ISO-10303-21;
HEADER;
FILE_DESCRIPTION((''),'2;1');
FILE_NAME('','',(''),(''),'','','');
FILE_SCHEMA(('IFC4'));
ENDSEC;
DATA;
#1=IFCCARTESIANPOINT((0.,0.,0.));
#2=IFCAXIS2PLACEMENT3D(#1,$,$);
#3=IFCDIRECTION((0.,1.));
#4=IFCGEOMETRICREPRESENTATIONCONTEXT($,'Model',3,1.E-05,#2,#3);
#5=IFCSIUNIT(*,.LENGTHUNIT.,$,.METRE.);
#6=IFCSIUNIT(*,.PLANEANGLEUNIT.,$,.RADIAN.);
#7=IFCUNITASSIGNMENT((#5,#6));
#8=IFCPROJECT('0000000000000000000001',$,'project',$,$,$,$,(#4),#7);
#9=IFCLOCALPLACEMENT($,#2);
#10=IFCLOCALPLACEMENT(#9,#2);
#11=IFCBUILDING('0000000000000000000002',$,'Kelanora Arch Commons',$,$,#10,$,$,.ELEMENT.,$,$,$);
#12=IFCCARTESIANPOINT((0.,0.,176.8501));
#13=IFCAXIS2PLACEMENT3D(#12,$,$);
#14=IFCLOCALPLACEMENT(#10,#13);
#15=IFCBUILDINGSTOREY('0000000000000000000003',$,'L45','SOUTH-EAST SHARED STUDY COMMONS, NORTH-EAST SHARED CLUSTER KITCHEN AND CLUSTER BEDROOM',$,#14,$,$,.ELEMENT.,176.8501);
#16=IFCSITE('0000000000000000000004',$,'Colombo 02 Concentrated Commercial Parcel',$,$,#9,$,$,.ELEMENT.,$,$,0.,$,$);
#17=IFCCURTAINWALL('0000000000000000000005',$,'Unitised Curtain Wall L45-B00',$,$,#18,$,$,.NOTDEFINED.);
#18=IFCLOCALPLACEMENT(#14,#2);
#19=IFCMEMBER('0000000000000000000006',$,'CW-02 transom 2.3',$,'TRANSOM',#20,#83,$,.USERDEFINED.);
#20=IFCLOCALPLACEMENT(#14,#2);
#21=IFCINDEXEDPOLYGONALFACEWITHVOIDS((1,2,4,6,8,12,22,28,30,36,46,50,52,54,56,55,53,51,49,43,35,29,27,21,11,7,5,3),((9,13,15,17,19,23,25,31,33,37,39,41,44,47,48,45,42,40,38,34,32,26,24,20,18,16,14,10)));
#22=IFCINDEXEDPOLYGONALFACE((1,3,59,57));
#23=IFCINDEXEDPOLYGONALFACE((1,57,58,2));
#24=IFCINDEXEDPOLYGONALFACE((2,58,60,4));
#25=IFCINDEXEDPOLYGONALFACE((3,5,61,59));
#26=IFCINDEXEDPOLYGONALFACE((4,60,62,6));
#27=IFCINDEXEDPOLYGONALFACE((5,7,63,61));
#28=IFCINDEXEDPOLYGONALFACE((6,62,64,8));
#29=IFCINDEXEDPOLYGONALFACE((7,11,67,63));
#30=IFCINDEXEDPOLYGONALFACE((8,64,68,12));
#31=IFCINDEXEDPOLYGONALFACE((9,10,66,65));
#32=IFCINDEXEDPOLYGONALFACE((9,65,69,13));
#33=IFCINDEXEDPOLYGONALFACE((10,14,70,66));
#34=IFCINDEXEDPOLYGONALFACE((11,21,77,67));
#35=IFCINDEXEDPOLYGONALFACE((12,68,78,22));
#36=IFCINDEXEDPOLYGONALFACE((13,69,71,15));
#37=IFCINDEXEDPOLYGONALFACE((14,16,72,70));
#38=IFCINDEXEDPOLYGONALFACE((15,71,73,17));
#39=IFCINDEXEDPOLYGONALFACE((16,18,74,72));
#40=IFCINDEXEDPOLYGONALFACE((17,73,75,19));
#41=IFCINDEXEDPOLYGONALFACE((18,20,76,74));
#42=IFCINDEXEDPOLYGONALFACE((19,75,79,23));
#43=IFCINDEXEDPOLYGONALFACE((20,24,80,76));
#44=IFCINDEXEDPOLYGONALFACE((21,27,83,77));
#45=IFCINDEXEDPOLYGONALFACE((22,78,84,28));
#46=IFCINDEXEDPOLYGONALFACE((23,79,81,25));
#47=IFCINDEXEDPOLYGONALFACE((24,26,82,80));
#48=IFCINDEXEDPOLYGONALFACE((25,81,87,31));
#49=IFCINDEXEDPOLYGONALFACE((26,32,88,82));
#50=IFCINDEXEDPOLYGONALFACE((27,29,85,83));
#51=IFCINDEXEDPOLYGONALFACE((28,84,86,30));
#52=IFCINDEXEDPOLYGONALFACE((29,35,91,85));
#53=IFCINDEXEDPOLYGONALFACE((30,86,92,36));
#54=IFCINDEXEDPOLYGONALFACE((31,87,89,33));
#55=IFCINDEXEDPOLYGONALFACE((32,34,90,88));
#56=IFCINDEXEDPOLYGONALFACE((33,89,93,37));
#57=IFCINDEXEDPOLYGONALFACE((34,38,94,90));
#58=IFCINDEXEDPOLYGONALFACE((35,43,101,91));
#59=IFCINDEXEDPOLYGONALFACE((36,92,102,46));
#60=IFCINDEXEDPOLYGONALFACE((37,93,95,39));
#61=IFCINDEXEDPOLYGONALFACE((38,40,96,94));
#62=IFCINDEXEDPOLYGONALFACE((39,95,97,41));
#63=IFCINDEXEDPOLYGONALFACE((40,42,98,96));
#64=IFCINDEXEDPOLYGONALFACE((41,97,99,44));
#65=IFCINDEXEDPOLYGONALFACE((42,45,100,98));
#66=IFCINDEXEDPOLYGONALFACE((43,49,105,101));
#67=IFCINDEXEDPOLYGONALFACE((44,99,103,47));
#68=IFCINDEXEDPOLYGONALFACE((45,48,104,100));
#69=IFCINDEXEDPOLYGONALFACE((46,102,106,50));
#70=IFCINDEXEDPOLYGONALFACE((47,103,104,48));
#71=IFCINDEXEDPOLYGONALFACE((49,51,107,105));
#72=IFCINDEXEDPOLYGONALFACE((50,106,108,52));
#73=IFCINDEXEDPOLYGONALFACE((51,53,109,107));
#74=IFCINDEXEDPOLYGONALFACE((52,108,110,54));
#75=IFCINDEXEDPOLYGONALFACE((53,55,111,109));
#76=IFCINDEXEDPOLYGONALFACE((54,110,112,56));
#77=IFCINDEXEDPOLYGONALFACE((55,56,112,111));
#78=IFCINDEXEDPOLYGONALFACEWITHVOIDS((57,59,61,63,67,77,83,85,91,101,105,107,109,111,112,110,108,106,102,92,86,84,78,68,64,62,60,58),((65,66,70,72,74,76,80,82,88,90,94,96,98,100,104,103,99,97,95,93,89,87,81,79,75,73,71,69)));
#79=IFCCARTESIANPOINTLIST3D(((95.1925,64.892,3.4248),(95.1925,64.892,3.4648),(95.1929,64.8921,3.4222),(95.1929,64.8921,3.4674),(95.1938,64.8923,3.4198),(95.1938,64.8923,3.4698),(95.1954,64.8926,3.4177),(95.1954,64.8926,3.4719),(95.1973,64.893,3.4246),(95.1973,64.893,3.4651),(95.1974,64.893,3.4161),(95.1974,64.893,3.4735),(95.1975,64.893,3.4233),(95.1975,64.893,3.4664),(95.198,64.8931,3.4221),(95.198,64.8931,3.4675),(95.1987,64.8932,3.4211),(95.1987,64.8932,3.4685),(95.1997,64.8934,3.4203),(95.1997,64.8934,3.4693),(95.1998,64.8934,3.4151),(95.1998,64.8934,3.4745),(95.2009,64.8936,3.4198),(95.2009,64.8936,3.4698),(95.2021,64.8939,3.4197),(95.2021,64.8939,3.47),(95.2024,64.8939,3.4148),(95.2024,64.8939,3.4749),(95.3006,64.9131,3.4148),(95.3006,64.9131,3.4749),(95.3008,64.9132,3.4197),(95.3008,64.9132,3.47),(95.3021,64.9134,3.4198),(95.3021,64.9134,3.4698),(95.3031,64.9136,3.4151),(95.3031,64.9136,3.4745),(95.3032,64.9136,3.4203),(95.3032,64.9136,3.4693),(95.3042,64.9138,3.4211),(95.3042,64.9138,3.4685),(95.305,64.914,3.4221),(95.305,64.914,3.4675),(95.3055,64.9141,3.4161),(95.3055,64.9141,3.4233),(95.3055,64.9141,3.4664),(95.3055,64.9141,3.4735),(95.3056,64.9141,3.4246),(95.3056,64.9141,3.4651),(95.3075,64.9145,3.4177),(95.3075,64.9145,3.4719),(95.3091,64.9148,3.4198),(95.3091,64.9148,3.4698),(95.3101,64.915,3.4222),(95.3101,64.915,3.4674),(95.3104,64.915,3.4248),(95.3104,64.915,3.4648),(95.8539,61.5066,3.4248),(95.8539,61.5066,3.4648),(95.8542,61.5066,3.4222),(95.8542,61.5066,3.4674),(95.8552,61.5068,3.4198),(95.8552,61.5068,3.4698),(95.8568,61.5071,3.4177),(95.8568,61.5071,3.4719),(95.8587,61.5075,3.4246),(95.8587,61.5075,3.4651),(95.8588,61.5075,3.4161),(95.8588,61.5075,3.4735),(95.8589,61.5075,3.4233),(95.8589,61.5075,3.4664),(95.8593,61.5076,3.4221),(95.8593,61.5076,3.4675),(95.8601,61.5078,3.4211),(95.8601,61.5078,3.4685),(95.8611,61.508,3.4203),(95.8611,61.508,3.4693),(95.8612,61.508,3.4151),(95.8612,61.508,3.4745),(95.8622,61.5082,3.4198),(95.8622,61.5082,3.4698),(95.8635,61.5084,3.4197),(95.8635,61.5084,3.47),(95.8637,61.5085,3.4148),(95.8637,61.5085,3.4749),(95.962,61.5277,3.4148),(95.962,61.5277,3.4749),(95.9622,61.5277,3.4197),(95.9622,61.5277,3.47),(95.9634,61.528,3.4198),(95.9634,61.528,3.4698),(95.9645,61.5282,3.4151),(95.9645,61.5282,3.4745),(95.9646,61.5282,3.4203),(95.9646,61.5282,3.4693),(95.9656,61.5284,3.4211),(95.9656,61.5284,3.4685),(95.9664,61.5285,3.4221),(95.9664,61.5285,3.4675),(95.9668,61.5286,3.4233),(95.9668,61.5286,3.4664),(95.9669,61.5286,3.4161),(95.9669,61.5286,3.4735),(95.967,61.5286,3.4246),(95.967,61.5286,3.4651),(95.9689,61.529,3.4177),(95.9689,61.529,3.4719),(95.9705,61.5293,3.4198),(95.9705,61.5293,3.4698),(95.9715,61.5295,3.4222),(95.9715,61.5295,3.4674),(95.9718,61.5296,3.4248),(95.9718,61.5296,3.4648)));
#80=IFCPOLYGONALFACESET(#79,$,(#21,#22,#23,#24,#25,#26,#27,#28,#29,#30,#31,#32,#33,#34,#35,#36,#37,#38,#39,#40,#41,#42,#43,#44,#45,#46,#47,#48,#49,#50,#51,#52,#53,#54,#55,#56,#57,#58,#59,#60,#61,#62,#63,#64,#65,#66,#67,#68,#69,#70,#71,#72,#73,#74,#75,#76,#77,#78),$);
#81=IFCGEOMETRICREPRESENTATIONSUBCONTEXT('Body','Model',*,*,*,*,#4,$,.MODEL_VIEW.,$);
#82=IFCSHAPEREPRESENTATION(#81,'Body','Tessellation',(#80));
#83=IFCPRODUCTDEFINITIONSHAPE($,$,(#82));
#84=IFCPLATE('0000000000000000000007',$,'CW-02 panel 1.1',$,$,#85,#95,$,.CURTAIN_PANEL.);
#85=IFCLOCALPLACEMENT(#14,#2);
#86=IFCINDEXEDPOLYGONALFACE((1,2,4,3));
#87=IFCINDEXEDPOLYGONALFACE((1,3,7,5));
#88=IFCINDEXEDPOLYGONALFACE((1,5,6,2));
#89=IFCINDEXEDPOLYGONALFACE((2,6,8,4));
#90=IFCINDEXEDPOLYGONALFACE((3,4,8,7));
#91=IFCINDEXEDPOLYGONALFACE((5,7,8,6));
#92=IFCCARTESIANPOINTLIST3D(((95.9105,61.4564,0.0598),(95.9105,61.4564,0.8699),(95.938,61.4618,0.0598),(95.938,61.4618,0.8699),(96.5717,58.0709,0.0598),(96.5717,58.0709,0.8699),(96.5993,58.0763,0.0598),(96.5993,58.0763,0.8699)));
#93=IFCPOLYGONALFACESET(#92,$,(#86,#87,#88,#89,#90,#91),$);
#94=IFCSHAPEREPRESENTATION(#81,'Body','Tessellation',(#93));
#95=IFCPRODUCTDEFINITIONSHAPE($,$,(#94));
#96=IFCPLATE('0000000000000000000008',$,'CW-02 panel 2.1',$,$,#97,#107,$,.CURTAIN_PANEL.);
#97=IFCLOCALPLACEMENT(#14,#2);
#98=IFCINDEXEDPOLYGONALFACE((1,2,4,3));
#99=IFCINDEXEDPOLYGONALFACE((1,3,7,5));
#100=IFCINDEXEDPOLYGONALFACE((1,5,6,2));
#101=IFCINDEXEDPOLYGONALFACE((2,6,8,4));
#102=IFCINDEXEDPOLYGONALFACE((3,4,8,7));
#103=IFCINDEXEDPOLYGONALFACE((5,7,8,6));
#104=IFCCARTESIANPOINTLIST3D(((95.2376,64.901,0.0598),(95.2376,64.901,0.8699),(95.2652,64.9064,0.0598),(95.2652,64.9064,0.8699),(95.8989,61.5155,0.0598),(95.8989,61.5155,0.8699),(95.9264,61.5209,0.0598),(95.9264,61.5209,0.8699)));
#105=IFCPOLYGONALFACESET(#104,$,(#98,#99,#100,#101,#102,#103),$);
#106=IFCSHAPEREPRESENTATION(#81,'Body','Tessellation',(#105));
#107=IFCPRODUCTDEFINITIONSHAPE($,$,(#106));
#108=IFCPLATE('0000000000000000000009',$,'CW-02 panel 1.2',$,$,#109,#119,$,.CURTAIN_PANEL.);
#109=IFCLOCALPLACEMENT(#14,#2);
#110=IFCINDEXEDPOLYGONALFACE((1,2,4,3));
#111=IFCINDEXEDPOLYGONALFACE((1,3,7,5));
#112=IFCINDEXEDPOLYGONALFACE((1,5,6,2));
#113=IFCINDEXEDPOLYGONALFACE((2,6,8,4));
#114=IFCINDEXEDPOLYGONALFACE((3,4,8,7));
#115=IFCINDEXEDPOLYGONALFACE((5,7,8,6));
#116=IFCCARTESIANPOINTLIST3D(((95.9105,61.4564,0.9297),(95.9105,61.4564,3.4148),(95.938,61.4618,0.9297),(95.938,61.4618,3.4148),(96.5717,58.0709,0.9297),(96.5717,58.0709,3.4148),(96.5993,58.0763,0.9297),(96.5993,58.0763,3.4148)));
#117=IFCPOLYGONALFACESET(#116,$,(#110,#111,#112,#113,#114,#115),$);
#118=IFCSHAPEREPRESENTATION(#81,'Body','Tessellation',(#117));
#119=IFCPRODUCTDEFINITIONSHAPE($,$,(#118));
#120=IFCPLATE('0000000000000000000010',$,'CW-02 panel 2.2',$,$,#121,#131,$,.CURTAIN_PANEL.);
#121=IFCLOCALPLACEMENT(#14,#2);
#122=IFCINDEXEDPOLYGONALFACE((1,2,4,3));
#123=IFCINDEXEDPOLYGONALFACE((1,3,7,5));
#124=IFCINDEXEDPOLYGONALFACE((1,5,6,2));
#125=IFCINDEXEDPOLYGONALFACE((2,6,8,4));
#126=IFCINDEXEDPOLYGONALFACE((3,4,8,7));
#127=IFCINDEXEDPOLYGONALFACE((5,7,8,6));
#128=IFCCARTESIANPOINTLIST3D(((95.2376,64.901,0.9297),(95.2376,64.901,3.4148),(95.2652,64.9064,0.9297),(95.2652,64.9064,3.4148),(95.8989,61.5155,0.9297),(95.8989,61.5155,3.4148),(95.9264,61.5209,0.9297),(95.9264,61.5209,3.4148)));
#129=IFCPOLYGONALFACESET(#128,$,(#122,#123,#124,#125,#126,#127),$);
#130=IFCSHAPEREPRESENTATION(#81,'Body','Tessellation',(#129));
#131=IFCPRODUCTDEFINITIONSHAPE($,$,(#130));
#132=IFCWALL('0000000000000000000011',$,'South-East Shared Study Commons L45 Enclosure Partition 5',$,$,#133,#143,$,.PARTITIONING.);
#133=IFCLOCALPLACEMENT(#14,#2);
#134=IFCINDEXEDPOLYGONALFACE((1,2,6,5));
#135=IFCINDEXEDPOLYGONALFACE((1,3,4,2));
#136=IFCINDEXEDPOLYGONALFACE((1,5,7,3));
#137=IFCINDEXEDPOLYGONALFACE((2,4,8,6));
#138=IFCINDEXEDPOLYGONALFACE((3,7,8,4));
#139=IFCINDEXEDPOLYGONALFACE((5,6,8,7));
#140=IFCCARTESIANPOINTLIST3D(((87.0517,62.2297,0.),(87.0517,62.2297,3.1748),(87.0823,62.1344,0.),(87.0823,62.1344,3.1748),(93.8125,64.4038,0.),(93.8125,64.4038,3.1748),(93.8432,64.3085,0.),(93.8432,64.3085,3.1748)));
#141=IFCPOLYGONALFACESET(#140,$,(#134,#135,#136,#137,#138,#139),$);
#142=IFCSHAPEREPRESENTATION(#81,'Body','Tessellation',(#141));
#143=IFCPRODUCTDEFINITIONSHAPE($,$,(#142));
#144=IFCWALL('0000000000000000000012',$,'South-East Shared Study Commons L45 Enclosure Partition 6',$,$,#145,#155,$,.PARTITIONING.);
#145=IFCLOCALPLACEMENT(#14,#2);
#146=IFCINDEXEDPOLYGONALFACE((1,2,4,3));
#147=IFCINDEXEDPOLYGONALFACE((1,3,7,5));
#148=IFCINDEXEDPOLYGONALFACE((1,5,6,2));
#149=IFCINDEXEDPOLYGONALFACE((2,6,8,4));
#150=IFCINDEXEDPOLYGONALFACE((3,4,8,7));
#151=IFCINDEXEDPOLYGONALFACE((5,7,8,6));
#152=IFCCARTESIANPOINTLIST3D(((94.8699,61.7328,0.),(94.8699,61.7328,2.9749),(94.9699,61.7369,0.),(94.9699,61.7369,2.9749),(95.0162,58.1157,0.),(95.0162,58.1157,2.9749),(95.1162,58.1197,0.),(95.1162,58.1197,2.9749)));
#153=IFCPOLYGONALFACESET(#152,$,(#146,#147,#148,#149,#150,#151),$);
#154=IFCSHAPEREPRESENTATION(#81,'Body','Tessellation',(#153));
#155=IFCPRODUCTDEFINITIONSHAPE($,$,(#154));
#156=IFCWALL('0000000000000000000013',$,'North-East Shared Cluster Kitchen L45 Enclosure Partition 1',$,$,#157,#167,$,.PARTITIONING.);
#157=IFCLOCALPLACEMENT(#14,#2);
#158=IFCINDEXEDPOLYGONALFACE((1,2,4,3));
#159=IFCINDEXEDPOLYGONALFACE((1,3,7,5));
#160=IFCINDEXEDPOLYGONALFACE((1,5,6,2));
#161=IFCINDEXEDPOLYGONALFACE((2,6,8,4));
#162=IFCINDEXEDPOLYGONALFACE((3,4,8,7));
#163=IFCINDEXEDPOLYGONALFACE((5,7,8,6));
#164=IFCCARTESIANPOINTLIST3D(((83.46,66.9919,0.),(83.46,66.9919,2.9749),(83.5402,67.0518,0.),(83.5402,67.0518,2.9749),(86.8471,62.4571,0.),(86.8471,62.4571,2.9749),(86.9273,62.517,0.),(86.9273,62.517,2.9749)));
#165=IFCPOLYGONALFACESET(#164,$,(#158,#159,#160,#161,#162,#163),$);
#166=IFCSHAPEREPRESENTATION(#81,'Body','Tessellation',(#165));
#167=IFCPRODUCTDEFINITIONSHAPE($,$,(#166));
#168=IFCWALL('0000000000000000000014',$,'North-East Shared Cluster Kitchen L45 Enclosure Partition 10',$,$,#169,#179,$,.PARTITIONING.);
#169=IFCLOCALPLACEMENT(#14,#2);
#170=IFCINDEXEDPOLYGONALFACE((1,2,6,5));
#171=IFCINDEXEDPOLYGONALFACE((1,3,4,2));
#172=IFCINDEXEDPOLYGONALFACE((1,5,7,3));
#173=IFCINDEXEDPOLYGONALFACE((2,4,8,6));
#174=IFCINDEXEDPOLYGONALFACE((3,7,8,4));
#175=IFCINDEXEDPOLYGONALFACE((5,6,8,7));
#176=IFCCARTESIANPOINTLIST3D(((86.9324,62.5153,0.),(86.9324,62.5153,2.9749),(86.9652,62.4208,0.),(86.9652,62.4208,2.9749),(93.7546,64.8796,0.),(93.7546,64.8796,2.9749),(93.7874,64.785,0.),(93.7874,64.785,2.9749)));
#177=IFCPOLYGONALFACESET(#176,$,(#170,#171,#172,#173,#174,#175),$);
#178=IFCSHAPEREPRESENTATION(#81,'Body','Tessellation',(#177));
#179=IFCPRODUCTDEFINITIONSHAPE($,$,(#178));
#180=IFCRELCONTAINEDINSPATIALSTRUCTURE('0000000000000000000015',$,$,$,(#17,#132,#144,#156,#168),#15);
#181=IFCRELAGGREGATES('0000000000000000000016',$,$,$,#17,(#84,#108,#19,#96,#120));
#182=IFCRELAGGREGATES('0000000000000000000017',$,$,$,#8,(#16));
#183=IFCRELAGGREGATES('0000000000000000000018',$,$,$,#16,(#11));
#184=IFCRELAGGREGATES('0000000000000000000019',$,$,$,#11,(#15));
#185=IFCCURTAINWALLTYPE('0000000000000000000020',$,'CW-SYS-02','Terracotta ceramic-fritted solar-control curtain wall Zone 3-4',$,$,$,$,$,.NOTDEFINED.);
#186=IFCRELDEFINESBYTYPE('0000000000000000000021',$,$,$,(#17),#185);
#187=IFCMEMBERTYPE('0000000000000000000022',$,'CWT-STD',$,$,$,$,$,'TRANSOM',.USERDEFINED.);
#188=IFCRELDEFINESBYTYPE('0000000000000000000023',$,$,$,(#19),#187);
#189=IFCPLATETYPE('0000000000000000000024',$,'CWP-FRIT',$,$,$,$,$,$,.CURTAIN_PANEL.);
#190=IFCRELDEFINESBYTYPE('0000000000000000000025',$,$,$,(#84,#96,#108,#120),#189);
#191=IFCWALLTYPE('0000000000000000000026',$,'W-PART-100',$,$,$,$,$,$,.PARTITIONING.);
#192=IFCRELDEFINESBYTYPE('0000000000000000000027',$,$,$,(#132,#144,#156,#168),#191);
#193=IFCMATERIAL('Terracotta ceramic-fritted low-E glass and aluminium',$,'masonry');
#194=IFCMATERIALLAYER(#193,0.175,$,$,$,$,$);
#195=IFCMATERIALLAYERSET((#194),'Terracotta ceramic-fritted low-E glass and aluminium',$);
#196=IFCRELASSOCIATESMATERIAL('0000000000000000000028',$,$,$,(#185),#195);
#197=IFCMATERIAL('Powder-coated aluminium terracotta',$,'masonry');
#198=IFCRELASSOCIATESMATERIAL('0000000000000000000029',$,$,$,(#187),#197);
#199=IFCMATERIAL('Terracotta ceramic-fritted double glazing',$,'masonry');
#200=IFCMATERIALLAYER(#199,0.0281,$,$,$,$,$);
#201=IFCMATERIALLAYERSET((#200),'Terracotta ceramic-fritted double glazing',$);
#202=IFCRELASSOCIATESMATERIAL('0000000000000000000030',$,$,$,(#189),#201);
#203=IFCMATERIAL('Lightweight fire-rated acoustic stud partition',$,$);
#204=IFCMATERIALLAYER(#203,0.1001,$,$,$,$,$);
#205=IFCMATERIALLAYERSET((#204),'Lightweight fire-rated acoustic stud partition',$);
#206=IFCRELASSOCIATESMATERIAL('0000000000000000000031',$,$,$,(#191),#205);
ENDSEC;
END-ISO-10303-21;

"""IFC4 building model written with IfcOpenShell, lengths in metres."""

from ifc_helpers import new_model, si_unit, direction, frame, frame_2d, origin, origin_2d, place, context, subcontext, project, spatial, rectangle, hollow_rectangle, extrude, source, transform, mapped, material, layer, layer_set, material_profile, profile_set, type_object, element, aggregate, save


model = new_model("IFC4")

# Units and contexts
model_context = context("Model", 3, precision=1e-05, world=origin(), true_north=direction((0.0, 1.0)))
body_context = subcontext(model_context, "Body", "Model", "MODEL_VIEW")
ifc_project = project(units=[si_unit("LENGTHUNIT", "METRE"), si_unit("PLANEANGLEUNIT", "RADIAN")], contexts=[model_context])

# Site, building, storey
site_placement = place(None, origin())
site = spatial("IfcSite", under=ifc_project, at=site_placement, Name="Colombo 02 Concentrated Commercial Parcel", CompositionType="ELEMENT", RefElevation=0.0)
building_placement = place(site_placement, origin())
building = spatial("IfcBuilding", under=site, at=building_placement, Name="Kelanora Arch Commons", CompositionType="ELEMENT")
storey_placement = place(building_placement, frame((0.0, 0.0, 176.8501)))
storey = spatial("IfcBuildingStorey", under=building, at=storey_placement, Name="L45", Description="SOUTH-EAST SHARED STUDY COMMONS, NORTH-EAST SHARED CLUSTER KITCHEN AND CLUSTER BEDROOM", CompositionType="ELEMENT", Elevation=176.8501)

# Curtain wall, member, plates
ifc_material_1 = material(Name="Terracotta ceramic-fritted low-E glass and aluminium", Category="masonry")
ifc_layer_1 = layer(ifc_material_1, 0.175)
ifc_layer_set_1 = layer_set([ifc_layer_1], Name="Terracotta ceramic-fritted low-E glass and aluminium")
curtain_wall_type = type_object("IfcCurtainWallType", Name="CW-SYS-02", Description="Terracotta ceramic-fritted solar-control curtain wall Zone 3-4", PredefinedType="NOTDEFINED", material=ifc_layer_set_1)
curtain_wall_placement = place(storey_placement, origin())
curtain_wall = element("IfcCurtainWall", 1, at=curtain_wall_placement, inside=storey, type_object=curtain_wall_type, Name="Unitised Curtain Wall L45-B00", PredefinedType="NOTDEFINED")
ifc_material_2 = material(Name="Powder-coated aluminium terracotta", Category="masonry")
ifc_material_profile_1 = material_profile(ifc_material_2, hollow_rectangle(XDim=0.1201, YDim=0.0601, WallThickness=0.0049, InnerFilletRadius=0.0049, OuterFilletRadius=0.01, at=origin_2d()), Name="CWT120x60")
ifc_profile_set_1 = profile_set([ifc_material_profile_1], Name="Powder-coated aluminium terracotta")
member_type_1 = type_object("IfcMemberType", Name="CWT-STD", ElementType="TRANSOM", PredefinedType="USERDEFINED", material=ifc_profile_set_1)
member_1_placement = place(storey_placement, frame((95.9128, 61.5181, 3.4448), z_axis=(-0.191732, 0.981447, 0.0), x_axis=(-0.981447, -0.191732, 0.0)))
member_1 = element("IfcMember", 2, at=member_1_placement, type_object=member_type_1, Name="CW-02 transom 2.3", ObjectType="TRANSOM", PredefinedType="USERDEFINED", context=body_context, shape_type="SweptSolid", body=[
    extrude(hollow_rectangle(XDim=0.1201, YDim=0.0601, WallThickness=0.0049, InnerFilletRadius=0.0049, OuterFilletRadius=0.01, at=origin_2d()), origin(), (0.0, 0.0, 1.0), 3.4495),
])
ifc_material_3 = material(Name="Terracotta ceramic-fritted double glazing", Category="masonry")
ifc_layer_2 = layer(ifc_material_3, 0.0281)
ifc_layer_set_2 = layer_set([ifc_layer_2], Name="Terracotta ceramic-fritted double glazing")
plate_type = type_object("IfcPlateType", Name="CWP-FRIT", PredefinedType="CURTAIN_PANEL", material=ifc_layer_set_2)
shared_shape_1 = source(origin(), body_context, "Body", "SweptSolid", [
    extrude(rectangle(XDim=3.4495, YDim=0.0281, at=origin_2d()), origin(), (0.0, 0.0, 1.0), 0.8101),
])
plate_1_placement = place(storey_placement, frame((96.2549, 59.7664, 0.0598), z_axis=(0.0, 0.0, 1.0), x_axis=(-0.191705, 0.981453, 0.0)))
plate_1 = element("IfcPlate", 3, at=plate_1_placement, type_object=plate_type, Name="CW-02 panel 1.1", PredefinedType="CURTAIN_PANEL", context=body_context, shape_type="MappedRepresentation", body=[
    mapped(shared_shape_1, transform((0.0, 0.0, 0.0), scale=1.0)),
])
plate_2_placement = place(storey_placement, frame((95.582, 63.2109, 0.0598), z_axis=(0.0, 0.0, 1.0), x_axis=(-0.191705, 0.981453, 0.0)))
plate_2 = element("IfcPlate", 4, at=plate_2_placement, type_object=plate_type, Name="CW-02 panel 2.1", PredefinedType="CURTAIN_PANEL", context=body_context, shape_type="MappedRepresentation", body=[
    mapped(shared_shape_1, transform((0.0, 0.0, 0.0), scale=1.0)),
])
shared_shape_2 = source(origin(), body_context, "Body", "SweptSolid", [
    extrude(rectangle(XDim=3.4495, YDim=0.0281, at=origin_2d()), origin(), (0.0, 0.0, 1.0), 2.4851),
])
plate_3_placement = place(storey_placement, frame((96.2549, 59.7664, 0.9297), z_axis=(0.0, 0.0, 1.0), x_axis=(-0.191705, 0.981453, 0.0)))
plate_3 = element("IfcPlate", 5, at=plate_3_placement, type_object=plate_type, Name="CW-02 panel 1.2", PredefinedType="CURTAIN_PANEL", context=body_context, shape_type="MappedRepresentation", body=[
    mapped(shared_shape_2, transform((0.0, 0.0, 0.0), scale=1.0)),
])
plate_4_placement = place(storey_placement, frame((95.582, 63.2109, 0.9297), z_axis=(0.0, 0.0, 1.0), x_axis=(-0.191705, 0.981453, 0.0)))
plate_4 = element("IfcPlate", 6, at=plate_4_placement, type_object=plate_type, Name="CW-02 panel 2.2", PredefinedType="CURTAIN_PANEL", context=body_context, shape_type="MappedRepresentation", body=[
    mapped(shared_shape_2, transform((0.0, 0.0, 0.0), scale=1.0)),
])
aggregate(curtain_wall, [plate_1, plate_3, member_1, plate_2, plate_4])

# Walls
ifc_material_4 = material(Name="Lightweight fire-rated acoustic stud partition")
ifc_layer_3 = layer(ifc_material_4, 0.1001)
ifc_layer_set_3 = layer_set([ifc_layer_3], Name="Lightweight fire-rated acoustic stud partition")
wall_type = type_object("IfcWallType", Name="W-PART-100", PredefinedType="PARTITIONING", material=ifc_layer_set_3)
wall_1_placement = place(storey_placement, frame((87.0671, 62.1821, 0.0), z_axis=(0.0, 0.0, 1.0), x_axis=(0.951988, 0.306134, 0.0)))
element("IfcWall", 7, at=wall_1_placement, inside=storey, type_object=wall_type, Name="South-East Shared Study Commons L45 Enclosure Partition 5", PredefinedType="PARTITIONING", context=body_context, shape_type="SweptSolid", body=[
    extrude(rectangle(XDim=7.1018, YDim=0.1001, at=frame_2d((3.5508, 0.0))), origin(), (0.0, 0.0, 1.0), 3.1748),
])
wall_2_placement = place(storey_placement, frame((94.9199, 61.7349, 0.0), z_axis=(0.0, 0.0, 1.0), x_axis=(0.040396, -0.999184, 0.0)))
element("IfcWall", 8, at=wall_2_placement, inside=storey, type_object=wall_type, Name="South-East Shared Study Commons L45 Enclosure Partition 6", PredefinedType="PARTITIONING", context=body_context, shape_type="SweptSolid", body=[
    extrude(rectangle(XDim=3.6201, YDim=0.1001, at=frame_2d((1.8101, 0.0))), origin(), (0.0, 0.0, 1.0), 2.9749),
])
wall_3_placement = place(storey_placement, frame((86.8872, 62.4871, 0.0), z_axis=(0.0, 0.0, 1.0), x_axis=(-0.598418, 0.801184, 0.0)))
element("IfcWall", 9, at=wall_3_placement, inside=storey, type_object=wall_type, Name="North-East Shared Cluster Kitchen L45 Enclosure Partition 1", PredefinedType="PARTITIONING", context=body_context, shape_type="SweptSolid", body=[
    extrude(rectangle(XDim=5.6602, YDim=0.1001, at=frame_2d((2.8301, 0.0))), origin(), (0.0, 0.0, 1.0), 2.9749),
])
wall_4_placement = place(storey_placement, frame((93.771, 64.8323, 0.0), z_axis=(0.0, 0.0, 1.0), x_axis=(-0.94487, -0.327445, 0.0)))
element("IfcWall", 10, at=wall_4_placement, inside=storey, type_object=wall_type, Name="North-East Shared Cluster Kitchen L45 Enclosure Partition 10", PredefinedType="PARTITIONING", context=body_context, shape_type="SweptSolid", body=[
    extrude(rectangle(XDim=7.2202, YDim=0.1001, at=frame_2d((3.6101, 0.0))), origin(), (0.0, 0.0, 1.0), 2.9749),
])

save(model, "model.ifc")
